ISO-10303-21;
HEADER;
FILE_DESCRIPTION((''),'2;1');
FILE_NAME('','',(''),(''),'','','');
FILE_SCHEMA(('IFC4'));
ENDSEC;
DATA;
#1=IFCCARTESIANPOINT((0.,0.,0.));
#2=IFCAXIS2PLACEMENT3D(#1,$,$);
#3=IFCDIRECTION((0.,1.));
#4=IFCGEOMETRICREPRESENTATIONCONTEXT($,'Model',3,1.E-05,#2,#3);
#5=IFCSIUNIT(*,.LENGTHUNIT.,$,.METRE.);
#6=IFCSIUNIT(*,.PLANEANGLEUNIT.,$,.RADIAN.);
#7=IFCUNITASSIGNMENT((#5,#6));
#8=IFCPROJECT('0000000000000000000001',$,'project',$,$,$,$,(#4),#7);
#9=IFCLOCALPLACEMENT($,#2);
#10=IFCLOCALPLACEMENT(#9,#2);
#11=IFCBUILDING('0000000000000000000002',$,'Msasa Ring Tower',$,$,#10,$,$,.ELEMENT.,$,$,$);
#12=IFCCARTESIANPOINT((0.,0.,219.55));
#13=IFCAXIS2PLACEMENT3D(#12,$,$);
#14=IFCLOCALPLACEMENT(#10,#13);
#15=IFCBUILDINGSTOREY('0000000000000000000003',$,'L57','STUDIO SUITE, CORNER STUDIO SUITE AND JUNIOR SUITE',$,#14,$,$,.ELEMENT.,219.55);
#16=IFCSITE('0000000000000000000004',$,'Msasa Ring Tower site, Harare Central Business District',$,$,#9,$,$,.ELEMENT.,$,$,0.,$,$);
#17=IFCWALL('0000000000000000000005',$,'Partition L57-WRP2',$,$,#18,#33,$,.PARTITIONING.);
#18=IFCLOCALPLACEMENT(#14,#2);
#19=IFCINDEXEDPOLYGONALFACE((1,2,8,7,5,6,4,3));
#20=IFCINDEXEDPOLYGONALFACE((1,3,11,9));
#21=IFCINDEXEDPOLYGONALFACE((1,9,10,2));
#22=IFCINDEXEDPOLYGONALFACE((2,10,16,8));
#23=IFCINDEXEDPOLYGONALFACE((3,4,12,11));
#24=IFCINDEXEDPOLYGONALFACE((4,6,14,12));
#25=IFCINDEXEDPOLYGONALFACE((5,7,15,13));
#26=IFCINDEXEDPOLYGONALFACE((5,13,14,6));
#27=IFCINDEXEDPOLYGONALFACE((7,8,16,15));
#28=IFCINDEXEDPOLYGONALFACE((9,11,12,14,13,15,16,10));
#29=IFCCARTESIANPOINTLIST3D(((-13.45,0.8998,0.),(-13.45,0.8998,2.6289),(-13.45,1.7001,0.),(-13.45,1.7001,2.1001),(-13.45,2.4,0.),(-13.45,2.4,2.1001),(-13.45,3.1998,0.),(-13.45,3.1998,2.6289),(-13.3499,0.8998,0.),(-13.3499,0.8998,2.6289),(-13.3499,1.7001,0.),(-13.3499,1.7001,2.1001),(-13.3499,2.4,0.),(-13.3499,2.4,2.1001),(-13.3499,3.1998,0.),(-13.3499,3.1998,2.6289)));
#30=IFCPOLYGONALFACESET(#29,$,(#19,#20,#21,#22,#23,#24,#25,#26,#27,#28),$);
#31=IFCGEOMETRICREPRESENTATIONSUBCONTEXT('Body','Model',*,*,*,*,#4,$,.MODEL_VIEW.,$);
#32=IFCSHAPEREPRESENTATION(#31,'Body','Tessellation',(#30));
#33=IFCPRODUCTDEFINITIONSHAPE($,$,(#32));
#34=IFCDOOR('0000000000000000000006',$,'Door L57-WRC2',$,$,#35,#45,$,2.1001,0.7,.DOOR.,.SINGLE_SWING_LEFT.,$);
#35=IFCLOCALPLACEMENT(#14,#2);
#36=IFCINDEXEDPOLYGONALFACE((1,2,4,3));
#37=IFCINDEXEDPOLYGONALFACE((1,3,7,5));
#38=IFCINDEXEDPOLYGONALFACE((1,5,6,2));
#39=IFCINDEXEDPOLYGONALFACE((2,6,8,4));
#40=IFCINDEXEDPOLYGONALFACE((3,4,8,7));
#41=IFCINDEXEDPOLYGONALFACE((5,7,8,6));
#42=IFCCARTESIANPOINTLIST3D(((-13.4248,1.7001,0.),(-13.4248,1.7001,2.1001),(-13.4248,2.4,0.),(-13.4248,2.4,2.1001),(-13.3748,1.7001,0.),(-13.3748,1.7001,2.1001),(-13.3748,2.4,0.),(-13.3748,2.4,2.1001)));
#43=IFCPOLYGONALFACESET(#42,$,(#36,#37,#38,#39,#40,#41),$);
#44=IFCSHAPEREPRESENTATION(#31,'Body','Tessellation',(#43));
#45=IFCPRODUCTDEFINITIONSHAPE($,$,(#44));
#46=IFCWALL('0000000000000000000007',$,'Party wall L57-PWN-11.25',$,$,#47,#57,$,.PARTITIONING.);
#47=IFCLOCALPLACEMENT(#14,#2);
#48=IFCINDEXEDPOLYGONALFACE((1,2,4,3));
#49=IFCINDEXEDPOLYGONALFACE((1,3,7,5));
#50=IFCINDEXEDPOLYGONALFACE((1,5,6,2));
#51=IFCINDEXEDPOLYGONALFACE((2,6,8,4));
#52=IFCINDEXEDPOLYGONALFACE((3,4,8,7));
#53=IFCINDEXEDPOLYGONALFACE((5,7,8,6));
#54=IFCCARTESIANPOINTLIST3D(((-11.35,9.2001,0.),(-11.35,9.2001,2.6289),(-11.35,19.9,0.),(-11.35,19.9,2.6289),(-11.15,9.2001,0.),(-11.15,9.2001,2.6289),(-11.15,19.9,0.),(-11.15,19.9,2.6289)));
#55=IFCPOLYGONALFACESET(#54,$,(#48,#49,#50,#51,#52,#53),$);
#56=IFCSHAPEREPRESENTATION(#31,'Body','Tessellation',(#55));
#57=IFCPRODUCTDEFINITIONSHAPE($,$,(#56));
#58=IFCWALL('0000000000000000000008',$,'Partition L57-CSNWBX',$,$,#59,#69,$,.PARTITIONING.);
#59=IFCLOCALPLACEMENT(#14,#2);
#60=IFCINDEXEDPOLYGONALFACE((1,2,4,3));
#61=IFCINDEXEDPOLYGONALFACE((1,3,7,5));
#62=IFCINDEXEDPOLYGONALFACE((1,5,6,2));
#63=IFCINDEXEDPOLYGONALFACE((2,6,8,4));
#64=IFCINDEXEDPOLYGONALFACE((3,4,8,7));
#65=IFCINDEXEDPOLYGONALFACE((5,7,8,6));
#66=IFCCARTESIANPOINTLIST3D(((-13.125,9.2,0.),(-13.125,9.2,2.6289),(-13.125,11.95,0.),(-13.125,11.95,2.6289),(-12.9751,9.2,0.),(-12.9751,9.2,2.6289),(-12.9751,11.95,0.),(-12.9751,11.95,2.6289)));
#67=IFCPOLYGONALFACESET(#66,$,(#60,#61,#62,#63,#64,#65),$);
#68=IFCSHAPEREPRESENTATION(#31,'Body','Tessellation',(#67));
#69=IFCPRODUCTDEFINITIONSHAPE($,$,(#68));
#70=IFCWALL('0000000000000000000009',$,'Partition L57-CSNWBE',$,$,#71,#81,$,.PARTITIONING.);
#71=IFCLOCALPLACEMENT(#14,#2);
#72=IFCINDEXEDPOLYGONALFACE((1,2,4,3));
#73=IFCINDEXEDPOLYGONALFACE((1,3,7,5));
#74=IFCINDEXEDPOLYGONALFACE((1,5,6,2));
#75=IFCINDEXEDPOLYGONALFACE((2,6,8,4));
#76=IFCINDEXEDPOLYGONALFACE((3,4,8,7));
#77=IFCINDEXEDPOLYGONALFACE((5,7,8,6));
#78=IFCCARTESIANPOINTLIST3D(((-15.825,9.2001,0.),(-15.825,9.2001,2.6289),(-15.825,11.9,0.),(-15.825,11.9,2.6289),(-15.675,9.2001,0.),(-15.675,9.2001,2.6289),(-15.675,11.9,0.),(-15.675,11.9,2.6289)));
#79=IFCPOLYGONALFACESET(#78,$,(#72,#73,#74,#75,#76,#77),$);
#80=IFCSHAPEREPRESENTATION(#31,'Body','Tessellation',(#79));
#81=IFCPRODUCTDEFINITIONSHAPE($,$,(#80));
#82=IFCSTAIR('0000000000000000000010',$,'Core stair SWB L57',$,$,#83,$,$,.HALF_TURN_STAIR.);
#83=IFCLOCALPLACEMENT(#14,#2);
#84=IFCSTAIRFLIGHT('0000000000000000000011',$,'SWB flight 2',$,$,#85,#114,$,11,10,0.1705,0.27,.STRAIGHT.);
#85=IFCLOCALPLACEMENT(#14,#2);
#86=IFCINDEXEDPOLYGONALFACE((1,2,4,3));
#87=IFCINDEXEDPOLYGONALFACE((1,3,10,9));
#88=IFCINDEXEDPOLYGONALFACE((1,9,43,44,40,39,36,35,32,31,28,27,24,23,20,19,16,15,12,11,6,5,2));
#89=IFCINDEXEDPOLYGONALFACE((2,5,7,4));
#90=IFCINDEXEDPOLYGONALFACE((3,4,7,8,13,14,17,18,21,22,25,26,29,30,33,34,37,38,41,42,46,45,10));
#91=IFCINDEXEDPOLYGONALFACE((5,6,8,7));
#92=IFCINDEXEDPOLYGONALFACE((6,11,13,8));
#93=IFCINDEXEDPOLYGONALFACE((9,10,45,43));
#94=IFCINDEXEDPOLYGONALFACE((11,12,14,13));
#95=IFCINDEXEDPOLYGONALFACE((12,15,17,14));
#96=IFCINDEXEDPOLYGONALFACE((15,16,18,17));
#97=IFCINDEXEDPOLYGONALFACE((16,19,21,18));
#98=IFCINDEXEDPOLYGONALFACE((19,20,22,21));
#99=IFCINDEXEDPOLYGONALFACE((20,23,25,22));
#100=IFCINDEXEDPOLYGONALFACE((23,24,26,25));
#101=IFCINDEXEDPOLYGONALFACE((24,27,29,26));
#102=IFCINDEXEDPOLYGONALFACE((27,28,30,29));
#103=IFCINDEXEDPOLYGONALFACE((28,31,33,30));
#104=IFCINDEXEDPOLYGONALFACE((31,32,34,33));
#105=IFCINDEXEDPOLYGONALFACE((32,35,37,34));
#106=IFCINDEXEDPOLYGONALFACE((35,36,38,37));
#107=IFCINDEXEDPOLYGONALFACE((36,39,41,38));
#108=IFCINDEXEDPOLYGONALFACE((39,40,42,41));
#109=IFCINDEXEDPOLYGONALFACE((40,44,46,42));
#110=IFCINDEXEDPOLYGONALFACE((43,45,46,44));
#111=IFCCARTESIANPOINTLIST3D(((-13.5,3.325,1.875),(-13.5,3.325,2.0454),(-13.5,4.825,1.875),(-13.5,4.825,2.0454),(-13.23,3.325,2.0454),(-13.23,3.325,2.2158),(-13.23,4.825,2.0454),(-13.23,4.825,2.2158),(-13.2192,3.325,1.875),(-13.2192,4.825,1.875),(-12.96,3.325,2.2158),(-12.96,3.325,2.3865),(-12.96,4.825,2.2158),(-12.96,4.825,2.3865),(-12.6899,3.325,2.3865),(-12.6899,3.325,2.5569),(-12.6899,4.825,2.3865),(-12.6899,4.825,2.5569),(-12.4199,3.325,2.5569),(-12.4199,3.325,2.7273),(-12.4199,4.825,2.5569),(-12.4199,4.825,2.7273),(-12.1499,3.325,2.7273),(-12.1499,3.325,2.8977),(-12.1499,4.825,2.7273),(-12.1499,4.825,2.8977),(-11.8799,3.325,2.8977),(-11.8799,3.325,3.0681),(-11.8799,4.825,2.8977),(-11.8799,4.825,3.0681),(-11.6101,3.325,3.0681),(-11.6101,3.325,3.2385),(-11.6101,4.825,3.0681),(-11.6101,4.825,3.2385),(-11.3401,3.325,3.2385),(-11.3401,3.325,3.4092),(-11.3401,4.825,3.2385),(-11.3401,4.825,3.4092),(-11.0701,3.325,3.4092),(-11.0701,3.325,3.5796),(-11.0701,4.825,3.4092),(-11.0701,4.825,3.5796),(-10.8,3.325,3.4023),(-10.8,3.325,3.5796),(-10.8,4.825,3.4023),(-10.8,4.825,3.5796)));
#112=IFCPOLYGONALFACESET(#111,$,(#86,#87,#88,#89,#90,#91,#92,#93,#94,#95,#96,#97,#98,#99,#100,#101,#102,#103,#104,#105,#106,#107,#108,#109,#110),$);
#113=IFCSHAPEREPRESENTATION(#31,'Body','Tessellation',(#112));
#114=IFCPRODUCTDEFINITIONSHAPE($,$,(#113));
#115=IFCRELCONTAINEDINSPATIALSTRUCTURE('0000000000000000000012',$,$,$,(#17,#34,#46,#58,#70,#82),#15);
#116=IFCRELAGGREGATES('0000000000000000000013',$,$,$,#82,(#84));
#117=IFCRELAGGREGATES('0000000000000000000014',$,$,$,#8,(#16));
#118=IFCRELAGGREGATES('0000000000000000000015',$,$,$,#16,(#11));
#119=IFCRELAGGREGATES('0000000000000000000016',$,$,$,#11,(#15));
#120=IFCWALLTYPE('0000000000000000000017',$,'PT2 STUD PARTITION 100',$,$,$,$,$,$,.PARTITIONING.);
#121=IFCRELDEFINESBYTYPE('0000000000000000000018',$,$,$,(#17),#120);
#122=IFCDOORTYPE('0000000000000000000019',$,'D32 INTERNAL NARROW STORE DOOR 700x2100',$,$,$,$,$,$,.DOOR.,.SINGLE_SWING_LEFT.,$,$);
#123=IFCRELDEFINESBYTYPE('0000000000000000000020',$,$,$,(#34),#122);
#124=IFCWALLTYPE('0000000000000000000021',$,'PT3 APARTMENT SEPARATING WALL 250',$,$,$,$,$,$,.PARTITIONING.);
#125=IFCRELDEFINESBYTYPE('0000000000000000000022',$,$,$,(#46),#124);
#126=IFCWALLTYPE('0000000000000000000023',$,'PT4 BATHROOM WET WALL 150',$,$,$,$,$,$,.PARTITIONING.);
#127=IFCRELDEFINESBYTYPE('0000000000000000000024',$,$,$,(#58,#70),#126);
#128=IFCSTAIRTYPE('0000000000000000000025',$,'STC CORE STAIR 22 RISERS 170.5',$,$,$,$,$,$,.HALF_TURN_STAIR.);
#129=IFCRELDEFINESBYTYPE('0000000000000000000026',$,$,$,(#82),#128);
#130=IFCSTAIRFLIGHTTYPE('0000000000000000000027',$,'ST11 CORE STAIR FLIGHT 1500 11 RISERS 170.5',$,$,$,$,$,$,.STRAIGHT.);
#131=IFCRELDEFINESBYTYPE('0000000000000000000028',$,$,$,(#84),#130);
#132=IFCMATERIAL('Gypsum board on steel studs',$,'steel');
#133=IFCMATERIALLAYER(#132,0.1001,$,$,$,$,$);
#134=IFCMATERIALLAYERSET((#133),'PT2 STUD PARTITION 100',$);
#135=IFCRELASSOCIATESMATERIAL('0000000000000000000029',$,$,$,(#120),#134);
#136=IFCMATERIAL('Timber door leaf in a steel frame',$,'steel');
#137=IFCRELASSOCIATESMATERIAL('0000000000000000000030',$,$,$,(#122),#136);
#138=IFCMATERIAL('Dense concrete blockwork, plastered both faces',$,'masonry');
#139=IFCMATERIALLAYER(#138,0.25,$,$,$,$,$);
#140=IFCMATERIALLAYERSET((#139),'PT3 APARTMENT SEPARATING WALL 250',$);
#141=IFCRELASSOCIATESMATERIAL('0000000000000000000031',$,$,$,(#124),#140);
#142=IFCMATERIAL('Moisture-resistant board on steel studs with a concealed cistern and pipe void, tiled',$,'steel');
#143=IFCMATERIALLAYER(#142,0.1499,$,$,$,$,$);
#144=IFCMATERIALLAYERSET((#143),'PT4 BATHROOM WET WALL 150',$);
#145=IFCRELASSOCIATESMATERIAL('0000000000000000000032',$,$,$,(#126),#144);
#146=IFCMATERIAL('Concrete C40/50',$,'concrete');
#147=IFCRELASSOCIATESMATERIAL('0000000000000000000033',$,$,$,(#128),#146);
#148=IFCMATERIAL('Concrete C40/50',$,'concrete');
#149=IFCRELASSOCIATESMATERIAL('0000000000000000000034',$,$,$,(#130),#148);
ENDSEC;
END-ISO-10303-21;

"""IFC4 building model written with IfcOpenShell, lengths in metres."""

from ifc_helpers import new_model, si_unit, direction, frame, frame_2d, origin, place, context, subcontext, project, spatial, polyline, rectangle, outline, extrude, material, layer, layer_set, type_object, element, fill, aggregate, save


model = new_model("IFC4")

# Units and contexts
model_context = context("Model", 3, precision=1e-05, world=origin(), true_north=direction((0.0, 1.0)))
body_context = subcontext(model_context, "Body", "Model", "MODEL_VIEW")
ifc_project = project(units=[si_unit("LENGTHUNIT", "METRE"), si_unit("PLANEANGLEUNIT", "RADIAN")], contexts=[model_context])

# Site, building, storey
site_placement = place(None, origin())
site = spatial("IfcSite", under=ifc_project, at=site_placement, Name="Msasa Ring Tower site, Harare Central Business District", CompositionType="ELEMENT", RefElevation=0.0)
building_placement = place(site_placement, origin())
building = spatial("IfcBuilding", under=site, at=building_placement, Name="Msasa Ring Tower", CompositionType="ELEMENT")
storey_placement = place(building_placement, frame((0.0, 0.0, 219.55)))
storey = spatial("IfcBuildingStorey", under=building, at=storey_placement, Name="L57", Description="STUDIO SUITE, CORNER STUDIO SUITE AND JUNIOR SUITE", CompositionType="ELEMENT", Elevation=219.55)

# Wall, opening, door
ifc_material_1 = material(Name="Gypsum board on steel studs", Category="steel")
ifc_layer_1 = layer(ifc_material_1, 0.1001)
ifc_layer_set_1 = layer_set([ifc_layer_1], Name="PT2 STUD PARTITION 100")
wall_type_1 = type_object("IfcWallType", Name="PT2 STUD PARTITION 100", PredefinedType="PARTITIONING", material=ifc_layer_set_1)
wall_1_placement = place(storey_placement, frame((-13.3999, 0.8999, 0.0), z_axis=(0.0, 0.0, 1.0), x_axis=(0.0, 1.0, 0.0)))
wall_1 = element("IfcWall", 1, at=wall_1_placement, inside=storey, type_object=wall_type_1, Name="Partition L57-WRP2", PredefinedType="PARTITIONING", context=body_context, shape_type="SweptSolid", body=[
    extrude(rectangle(XDim=2.3, YDim=0.1001, at=frame_2d((1.1499, 0.0))), origin(), (0.0, 0.0, 1.0), 2.6289),
])
opening_1_placement = place(wall_1_placement, frame((0.8, 0.0, 0.0)))
opening_1 = element("IfcOpeningElement", 2, at=opening_1_placement, cuts=wall_1, PredefinedType="OPENING", context=body_context, shape_type="SweptSolid", body=[
    extrude(rectangle(XDim=0.7, YDim=2.1001, at=frame_2d((0.3501, 1.05))), frame((0.0, 0.0601, 0.0), z_axis=(0.0, -1.0, 0.0), x_axis=(1.0, 0.0, 0.0)), (0.0, 0.0, 1.0), 0.1201),
])
ifc_material_2 = material(Name="Timber door leaf in a steel frame", Category="steel")
door_type_1 = type_object("IfcDoorType", Name="D32 INTERNAL NARROW STORE DOOR 700x2100", OperationType="SINGLE_SWING_LEFT", PredefinedType="DOOR", material=ifc_material_2)
door_1_placement = place(opening_1_placement, origin())
door_1 = element("IfcDoor", 3, at=door_1_placement, inside=storey, type_object=door_type_1, Name="Door L57-WRC2", OperationType="SINGLE_SWING_LEFT", OverallHeight=2.1001, OverallWidth=0.7, PredefinedType="DOOR", context=body_context, shape_type="SweptSolid", body=[
    extrude(rectangle(XDim=0.7, YDim=2.1001, at=frame_2d((0.3501, 1.05))), frame((0.0, 0.0249, 0.0), z_axis=(0.0, -1.0, 0.0), x_axis=(1.0, 0.0, 0.0)), (0.0, 0.0, 1.0), 0.05),
])
fill(opening_1, door_1)

# Walls
ifc_material_3 = material(Name="Dense concrete blockwork, plastered both faces", Category="masonry")
ifc_layer_2 = layer(ifc_material_3, 0.25)
ifc_layer_set_2 = layer_set([ifc_layer_2], Name="PT3 APARTMENT SEPARATING WALL 250")
wall_type_2 = type_object("IfcWallType", Name="PT3 APARTMENT SEPARATING WALL 250", PredefinedType="PARTITIONING", material=ifc_layer_set_2)
wall_2_placement = place(storey_placement, frame((-11.25, 9.2, 0.0), z_axis=(0.0, 0.0, 1.0), x_axis=(0.0, 1.0, 0.0)))
element("IfcWall", 4, at=wall_2_placement, inside=storey, type_object=wall_type_2, Name="Party wall L57-PWN-11.25", PredefinedType="PARTITIONING", context=body_context, shape_type="SweptSolid", body=[
    extrude(rectangle(XDim=10.7, YDim=0.2, at=frame_2d((5.3501, 0.0))), origin(), (0.0, 0.0, 1.0), 2.6289),
])
ifc_material_4 = material(Name="Moisture-resistant board on steel studs with a concealed cistern and pipe void, tiled", Category="steel")
ifc_layer_3 = layer(ifc_material_4, 0.1499)
ifc_layer_set_3 = layer_set([ifc_layer_3], Name="PT4 BATHROOM WET WALL 150")
wall_type_3 = type_object("IfcWallType", Name="PT4 BATHROOM WET WALL 150", PredefinedType="PARTITIONING", material=ifc_layer_set_3)
wall_3_placement = place(storey_placement, frame((-13.05, 9.2, 0.0), z_axis=(0.0, 0.0, 1.0), x_axis=(0.0, 1.0, 0.0)))
element("IfcWall", 5, at=wall_3_placement, inside=storey, type_object=wall_type_3, Name="Partition L57-CSNWBX", PredefinedType="PARTITIONING", context=body_context, shape_type="SweptSolid", body=[
    extrude(rectangle(XDim=2.75, YDim=0.1499, at=frame_2d((1.375, 0.0))), origin(), (0.0, 0.0, 1.0), 2.6289),
])
wall_4_placement = place(storey_placement, frame((-15.75, 9.2, 0.0), z_axis=(0.0, 0.0, 1.0), x_axis=(0.0, 1.0, 0.0)))
element("IfcWall", 6, at=wall_4_placement, inside=storey, type_object=wall_type_3, Name="Partition L57-CSNWBE", PredefinedType="PARTITIONING", context=body_context, shape_type="SweptSolid", body=[
    extrude(rectangle(XDim=2.7, YDim=0.1499, at=frame_2d((1.3501, 0.0))), origin(), (0.0, 0.0, 1.0), 2.6289),
])

# Stair, stair flight
ifc_material_5 = material(Name="Concrete C40/50", Category="concrete")
stair_type = type_object("IfcStairType", Name="STC CORE STAIR 22 RISERS 170.5", PredefinedType="HALF_TURN_STAIR", material=ifc_material_5)
stair_placement = place(storey_placement, origin())
stair = element("IfcStair", 7, at=stair_placement, inside=storey, type_object=stair_type, Name="Core stair SWB L57", PredefinedType="HALF_TURN_STAIR")
ifc_material_6 = material(Name="Concrete C40/50", Category="concrete")
stair_flight_type = type_object("IfcStairFlightType", Name="ST11 CORE STAIR FLIGHT 1500 11 RISERS 170.5", PredefinedType="STRAIGHT", material=ifc_material_6)
stair_flight_placement = place(storey_placement, frame((-13.5, 4.075, 1.875), z_axis=(0.0, 0.0, 1.0), x_axis=(1.0, 0.0, 0.0)))
stair_flight = element("IfcStairFlight", 8, at=stair_flight_placement, type_object=stair_flight_type, Name="SWB flight 2", NumberOfRisers=11, NumberOfTreads=10, PredefinedType="STRAIGHT", RiserHeight=0.1705, TreadLength=0.27, context=body_context, shape_type="SweptSolid", body=[
    extrude(outline(polyline([(0.0, 0.0), (0.0, 0.1704), (0.27, 0.1704), (0.27, 0.3408), (0.54, 0.3408), (0.54, 0.5115), (0.8101, 0.5115), (0.8101, 0.6819), (1.0801, 0.6819), (1.0801, 0.8523), (1.3501, 0.8523), (1.3501, 1.0227), (1.6201, 1.0227), (1.6201, 1.1931), (1.8899, 1.1931), (1.8899, 1.3635), (2.1599, 1.3635), (2.1599, 1.5342), (2.4299, 1.5342), (2.4299, 1.7046), (2.7, 1.7046), (2.7, 1.875), (2.7, 1.5273), (0.2808, 0.0), (0.0, 0.0)])), frame((0.0, 0.75, 0.0), z_axis=(0.0, -1.0, 0.0), x_axis=(1.0, 0.0, 0.0)), (0.0, 0.0, 1.0), 1.5),
])
aggregate(stair, [stair_flight])

save(model, "model.ifc")
